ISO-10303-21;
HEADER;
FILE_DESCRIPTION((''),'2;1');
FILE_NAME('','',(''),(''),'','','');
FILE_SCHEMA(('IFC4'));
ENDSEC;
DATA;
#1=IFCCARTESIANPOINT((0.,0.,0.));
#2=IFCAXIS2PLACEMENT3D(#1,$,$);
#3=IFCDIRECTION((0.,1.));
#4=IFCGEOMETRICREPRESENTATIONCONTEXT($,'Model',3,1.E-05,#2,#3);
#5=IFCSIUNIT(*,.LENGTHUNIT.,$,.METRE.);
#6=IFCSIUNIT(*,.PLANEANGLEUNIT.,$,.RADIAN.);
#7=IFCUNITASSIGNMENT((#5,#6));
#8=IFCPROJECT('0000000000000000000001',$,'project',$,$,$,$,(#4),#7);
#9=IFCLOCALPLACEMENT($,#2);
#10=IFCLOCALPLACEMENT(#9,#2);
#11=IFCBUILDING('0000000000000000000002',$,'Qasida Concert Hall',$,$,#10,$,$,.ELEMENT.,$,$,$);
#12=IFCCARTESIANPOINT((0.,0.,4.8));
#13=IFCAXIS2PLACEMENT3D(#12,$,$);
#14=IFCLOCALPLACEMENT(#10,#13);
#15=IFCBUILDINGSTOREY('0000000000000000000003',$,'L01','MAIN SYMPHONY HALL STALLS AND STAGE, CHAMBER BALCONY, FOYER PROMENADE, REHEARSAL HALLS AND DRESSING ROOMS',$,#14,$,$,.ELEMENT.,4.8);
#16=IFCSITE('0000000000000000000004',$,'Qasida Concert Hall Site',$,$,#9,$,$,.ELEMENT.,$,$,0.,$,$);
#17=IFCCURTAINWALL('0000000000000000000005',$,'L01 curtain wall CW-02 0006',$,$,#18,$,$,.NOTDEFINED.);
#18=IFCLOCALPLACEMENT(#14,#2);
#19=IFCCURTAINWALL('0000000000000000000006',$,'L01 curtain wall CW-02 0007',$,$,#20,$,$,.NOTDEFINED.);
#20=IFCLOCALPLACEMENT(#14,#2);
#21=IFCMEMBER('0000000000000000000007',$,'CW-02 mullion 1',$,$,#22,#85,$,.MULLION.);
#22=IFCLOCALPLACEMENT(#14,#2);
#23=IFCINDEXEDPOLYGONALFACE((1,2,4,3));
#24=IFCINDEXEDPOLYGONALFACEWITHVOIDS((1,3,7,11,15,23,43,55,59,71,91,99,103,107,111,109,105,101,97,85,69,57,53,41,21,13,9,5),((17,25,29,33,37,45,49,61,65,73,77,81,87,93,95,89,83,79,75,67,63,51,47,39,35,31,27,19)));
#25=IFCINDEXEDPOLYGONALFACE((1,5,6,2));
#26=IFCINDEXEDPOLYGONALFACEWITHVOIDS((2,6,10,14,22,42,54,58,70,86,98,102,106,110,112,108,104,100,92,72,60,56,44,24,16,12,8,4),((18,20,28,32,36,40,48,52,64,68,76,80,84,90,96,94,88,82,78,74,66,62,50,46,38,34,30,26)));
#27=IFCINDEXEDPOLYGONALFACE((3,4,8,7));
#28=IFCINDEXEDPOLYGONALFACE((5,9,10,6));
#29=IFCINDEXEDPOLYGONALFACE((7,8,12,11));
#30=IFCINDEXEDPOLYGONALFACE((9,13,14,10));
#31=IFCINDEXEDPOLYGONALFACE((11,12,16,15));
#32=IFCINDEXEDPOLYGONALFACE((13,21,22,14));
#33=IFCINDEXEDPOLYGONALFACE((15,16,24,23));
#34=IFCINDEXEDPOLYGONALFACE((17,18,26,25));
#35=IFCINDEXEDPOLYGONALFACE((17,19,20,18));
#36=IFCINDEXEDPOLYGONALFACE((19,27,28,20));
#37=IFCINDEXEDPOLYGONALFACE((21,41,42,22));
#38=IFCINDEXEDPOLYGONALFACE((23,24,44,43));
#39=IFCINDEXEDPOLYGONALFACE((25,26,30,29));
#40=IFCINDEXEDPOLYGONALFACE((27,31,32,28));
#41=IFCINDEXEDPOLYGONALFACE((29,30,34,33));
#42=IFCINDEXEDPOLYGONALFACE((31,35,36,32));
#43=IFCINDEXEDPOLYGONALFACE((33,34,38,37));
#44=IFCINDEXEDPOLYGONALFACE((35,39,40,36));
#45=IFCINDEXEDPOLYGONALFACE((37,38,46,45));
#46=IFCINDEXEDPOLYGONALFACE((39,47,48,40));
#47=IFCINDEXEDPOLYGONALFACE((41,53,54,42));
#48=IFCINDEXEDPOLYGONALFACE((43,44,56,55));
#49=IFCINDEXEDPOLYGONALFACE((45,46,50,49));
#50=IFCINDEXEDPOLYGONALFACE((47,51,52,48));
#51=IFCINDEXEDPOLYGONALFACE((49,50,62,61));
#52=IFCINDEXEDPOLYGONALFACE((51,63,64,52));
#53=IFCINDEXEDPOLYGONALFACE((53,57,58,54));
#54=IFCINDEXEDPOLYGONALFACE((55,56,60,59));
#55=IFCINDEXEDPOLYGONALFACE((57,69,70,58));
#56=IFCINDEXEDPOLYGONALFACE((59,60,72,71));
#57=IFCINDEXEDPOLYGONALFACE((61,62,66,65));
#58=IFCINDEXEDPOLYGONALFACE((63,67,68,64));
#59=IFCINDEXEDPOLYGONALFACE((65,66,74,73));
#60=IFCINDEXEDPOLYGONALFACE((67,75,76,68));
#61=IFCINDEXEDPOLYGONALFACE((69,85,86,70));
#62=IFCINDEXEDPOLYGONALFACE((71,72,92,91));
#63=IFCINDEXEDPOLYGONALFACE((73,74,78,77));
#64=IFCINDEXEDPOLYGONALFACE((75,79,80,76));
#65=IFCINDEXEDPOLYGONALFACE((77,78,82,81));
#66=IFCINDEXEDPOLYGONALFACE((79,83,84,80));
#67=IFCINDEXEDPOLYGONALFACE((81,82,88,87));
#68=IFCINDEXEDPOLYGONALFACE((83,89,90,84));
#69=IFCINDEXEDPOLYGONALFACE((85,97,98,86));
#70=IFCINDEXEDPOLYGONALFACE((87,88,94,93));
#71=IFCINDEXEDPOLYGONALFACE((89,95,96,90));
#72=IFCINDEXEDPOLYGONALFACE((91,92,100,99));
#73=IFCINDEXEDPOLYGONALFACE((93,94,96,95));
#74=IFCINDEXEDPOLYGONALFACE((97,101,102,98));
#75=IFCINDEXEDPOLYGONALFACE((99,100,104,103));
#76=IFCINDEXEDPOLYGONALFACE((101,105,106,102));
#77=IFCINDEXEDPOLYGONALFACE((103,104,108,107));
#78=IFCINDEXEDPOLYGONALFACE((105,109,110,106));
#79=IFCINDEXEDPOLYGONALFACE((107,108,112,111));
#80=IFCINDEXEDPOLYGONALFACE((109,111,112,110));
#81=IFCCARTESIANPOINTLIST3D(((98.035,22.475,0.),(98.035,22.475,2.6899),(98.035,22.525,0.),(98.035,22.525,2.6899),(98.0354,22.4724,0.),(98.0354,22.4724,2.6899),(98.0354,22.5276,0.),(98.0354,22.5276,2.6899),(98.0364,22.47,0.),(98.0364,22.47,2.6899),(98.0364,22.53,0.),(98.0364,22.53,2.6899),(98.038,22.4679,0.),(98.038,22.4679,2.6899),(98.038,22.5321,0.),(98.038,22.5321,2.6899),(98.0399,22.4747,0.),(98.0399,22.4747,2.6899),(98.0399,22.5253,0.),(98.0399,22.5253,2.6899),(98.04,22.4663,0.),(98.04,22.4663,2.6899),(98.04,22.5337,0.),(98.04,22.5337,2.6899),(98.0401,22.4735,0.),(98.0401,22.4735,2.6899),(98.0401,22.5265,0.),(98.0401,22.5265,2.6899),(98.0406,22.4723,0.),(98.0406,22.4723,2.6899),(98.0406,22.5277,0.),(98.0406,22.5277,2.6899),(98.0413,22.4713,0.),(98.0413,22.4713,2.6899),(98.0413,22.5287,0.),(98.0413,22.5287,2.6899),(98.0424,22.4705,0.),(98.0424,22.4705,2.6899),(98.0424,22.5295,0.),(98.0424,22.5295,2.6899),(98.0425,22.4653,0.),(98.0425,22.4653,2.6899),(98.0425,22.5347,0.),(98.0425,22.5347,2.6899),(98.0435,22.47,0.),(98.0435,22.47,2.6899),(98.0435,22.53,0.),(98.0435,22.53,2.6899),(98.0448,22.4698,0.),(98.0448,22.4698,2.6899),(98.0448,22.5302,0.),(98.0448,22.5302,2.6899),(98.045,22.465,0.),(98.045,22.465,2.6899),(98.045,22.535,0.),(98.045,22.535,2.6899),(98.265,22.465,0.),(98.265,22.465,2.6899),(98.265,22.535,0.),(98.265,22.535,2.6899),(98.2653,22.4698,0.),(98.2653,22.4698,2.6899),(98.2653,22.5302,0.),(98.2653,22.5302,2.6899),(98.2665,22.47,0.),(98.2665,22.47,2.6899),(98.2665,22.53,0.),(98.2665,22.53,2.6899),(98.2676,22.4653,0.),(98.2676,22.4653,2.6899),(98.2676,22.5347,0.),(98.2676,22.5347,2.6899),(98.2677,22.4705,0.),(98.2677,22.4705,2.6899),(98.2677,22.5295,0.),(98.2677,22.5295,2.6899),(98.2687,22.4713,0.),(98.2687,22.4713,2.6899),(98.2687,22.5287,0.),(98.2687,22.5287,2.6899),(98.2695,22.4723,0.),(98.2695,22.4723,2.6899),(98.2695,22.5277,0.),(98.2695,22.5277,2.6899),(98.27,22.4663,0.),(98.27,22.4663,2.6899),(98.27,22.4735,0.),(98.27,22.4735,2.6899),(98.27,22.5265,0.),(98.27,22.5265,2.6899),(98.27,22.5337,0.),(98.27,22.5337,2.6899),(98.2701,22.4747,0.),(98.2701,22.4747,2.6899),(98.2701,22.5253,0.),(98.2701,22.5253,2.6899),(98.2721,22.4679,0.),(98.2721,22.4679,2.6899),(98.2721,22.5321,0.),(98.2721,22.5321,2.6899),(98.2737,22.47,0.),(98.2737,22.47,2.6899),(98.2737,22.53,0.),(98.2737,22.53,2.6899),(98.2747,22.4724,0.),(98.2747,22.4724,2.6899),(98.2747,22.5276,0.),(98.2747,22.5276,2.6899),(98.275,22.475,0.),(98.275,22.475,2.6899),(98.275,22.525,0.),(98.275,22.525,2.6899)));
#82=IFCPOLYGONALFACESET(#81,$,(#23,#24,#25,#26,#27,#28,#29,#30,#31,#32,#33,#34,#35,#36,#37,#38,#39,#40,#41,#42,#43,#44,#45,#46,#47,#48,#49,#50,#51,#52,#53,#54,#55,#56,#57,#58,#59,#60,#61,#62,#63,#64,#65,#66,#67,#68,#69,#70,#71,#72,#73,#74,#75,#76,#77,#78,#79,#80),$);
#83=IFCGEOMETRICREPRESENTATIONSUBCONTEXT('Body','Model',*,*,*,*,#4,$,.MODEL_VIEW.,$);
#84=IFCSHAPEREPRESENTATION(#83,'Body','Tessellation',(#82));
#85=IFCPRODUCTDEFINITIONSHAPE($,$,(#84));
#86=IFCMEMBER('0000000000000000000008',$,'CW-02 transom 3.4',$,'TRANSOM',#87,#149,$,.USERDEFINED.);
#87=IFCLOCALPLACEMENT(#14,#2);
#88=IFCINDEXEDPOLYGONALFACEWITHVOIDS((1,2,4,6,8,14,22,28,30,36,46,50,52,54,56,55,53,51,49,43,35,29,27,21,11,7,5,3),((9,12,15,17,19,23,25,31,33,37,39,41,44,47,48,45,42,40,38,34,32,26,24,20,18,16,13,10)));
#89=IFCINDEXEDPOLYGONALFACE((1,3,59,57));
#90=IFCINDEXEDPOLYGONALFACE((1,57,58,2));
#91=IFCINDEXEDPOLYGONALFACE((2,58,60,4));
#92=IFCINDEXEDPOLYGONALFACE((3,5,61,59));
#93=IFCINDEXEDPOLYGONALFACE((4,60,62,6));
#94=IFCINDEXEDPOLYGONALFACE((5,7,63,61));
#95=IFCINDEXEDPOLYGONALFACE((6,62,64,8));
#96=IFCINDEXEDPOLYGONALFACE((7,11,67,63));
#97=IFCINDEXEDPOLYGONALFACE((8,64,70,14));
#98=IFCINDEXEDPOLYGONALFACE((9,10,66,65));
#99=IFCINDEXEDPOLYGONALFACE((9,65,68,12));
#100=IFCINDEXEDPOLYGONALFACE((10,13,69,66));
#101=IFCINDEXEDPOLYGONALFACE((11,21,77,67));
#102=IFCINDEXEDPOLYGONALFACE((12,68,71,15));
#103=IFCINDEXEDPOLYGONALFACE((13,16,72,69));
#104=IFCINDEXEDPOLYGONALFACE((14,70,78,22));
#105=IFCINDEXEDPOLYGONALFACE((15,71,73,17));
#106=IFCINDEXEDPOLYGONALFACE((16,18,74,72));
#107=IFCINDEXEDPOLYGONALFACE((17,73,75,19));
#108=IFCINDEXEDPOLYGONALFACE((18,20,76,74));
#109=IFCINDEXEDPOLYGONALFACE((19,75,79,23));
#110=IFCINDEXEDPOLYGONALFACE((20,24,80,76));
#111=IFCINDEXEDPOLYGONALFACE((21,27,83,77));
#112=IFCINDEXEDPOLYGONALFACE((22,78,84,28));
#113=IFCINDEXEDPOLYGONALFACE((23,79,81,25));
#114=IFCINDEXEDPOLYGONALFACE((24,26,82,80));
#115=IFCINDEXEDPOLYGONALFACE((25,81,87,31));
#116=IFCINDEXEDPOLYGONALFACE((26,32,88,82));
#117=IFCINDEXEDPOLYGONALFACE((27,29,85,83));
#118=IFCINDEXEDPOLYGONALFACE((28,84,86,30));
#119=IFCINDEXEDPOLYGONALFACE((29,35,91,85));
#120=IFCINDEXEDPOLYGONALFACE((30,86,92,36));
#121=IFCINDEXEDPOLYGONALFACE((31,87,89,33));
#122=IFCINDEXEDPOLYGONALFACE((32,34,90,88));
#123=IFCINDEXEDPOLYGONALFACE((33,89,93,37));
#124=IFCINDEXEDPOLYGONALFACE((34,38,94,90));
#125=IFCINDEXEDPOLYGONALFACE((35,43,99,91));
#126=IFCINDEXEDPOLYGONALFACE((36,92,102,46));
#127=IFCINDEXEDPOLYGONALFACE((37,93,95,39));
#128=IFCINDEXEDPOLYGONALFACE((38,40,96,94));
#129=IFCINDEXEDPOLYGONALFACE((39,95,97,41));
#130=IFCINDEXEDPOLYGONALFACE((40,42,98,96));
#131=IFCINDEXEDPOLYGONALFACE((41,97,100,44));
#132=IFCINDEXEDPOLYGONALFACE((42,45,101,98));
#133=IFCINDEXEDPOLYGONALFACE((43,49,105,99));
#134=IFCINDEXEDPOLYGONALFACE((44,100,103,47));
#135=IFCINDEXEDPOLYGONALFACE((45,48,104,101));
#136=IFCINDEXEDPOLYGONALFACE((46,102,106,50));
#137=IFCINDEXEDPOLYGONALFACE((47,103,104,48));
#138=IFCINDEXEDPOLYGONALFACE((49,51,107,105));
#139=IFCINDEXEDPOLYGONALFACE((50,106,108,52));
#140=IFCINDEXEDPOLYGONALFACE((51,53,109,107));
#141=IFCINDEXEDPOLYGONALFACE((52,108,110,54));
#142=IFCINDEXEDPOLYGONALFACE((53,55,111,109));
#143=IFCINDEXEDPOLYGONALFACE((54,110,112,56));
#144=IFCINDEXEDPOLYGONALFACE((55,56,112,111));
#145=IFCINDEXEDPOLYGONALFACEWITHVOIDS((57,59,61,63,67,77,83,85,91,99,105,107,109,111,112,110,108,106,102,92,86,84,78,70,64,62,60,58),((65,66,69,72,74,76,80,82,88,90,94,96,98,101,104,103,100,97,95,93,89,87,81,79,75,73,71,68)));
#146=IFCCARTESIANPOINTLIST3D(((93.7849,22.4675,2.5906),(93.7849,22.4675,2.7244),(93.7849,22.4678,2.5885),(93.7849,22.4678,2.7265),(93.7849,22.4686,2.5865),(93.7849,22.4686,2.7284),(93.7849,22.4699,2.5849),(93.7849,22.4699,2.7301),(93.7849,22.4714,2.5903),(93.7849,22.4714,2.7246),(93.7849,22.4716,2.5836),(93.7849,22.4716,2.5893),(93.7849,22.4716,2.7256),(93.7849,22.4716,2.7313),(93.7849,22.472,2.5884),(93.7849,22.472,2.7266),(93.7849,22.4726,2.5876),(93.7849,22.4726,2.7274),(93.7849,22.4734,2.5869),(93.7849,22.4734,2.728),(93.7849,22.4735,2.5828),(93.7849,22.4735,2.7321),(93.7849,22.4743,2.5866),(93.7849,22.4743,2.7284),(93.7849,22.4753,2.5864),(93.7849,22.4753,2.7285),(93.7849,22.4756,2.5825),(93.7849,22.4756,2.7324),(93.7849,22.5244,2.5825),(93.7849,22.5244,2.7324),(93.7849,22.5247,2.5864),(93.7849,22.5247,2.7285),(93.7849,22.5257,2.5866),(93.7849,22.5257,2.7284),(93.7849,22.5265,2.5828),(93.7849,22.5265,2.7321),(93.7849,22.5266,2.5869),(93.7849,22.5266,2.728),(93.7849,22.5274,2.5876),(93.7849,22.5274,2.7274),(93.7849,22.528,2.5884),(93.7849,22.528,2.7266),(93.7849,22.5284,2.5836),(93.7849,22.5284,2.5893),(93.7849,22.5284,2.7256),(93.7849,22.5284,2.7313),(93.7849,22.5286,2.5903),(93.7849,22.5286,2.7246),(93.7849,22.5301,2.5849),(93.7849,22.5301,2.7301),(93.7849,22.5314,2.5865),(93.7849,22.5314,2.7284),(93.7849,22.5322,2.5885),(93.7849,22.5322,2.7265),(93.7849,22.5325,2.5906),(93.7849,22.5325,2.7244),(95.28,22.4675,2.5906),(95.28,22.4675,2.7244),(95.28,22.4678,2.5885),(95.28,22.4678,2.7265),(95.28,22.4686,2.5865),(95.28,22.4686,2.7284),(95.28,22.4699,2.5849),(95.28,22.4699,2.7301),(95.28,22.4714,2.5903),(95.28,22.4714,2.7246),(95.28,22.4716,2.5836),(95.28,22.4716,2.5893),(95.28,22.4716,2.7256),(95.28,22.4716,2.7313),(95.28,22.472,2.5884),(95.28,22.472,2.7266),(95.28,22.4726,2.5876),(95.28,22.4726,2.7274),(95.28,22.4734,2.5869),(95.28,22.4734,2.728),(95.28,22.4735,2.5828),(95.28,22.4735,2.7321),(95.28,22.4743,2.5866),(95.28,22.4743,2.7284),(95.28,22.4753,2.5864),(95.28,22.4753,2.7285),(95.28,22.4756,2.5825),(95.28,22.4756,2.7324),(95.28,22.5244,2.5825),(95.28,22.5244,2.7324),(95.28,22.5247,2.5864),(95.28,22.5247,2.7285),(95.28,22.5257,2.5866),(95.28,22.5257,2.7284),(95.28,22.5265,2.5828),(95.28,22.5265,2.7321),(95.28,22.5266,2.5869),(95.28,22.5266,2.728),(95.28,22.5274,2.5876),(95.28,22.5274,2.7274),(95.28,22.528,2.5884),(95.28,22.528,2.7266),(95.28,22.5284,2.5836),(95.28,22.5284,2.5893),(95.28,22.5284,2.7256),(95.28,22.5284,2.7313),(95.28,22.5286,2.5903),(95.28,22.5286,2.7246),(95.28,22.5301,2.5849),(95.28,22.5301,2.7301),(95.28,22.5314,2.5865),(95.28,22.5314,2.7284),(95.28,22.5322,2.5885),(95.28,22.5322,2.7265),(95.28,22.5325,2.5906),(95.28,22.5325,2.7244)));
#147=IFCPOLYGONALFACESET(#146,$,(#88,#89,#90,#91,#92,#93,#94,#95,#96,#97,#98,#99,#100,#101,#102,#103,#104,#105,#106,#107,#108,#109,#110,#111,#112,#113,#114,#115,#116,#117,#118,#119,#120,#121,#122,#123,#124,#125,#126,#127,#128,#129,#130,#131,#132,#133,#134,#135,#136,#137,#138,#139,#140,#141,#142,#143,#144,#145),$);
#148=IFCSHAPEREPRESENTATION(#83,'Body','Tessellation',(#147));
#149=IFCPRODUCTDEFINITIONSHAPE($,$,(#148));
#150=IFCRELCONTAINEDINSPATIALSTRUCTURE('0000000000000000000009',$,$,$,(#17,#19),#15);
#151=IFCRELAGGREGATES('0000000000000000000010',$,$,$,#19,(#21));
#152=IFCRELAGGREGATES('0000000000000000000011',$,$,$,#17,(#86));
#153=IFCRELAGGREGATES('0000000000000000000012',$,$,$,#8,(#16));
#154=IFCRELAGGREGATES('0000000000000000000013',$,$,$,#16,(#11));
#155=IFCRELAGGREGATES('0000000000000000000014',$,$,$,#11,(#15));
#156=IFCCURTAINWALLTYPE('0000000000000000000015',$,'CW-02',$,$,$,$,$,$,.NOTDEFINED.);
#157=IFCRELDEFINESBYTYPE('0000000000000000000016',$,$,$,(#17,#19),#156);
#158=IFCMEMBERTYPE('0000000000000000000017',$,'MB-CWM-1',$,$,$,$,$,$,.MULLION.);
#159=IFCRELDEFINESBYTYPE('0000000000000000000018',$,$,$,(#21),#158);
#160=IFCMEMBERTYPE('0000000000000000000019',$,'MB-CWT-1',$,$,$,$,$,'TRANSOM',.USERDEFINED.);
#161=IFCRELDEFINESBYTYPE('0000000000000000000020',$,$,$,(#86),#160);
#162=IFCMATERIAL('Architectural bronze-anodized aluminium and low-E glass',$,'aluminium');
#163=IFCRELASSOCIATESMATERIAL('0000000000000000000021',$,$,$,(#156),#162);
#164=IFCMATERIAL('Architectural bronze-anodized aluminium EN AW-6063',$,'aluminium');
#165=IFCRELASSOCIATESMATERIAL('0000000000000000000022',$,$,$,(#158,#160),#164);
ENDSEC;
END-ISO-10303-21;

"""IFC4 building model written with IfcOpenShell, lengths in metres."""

from ifc_helpers import new_model, si_unit, direction, frame, origin, origin_2d, place, context, subcontext, project, spatial, hollow_rectangle, extrude, material, material_profile, profile_set, type_object, element, aggregate, save


model = new_model("IFC4")

# Units and contexts
model_context = context("Model", 3, precision=1e-05, world=origin(), true_north=direction((0.0, 1.0)))
body_context = subcontext(model_context, "Body", "Model", "MODEL_VIEW")
ifc_project = project(units=[si_unit("LENGTHUNIT", "METRE"), si_unit("PLANEANGLEUNIT", "RADIAN")], contexts=[model_context])

# Site, building, storey
site_placement = place(None, origin())
site = spatial("IfcSite", under=ifc_project, at=site_placement, Name="Qasida Concert Hall Site", CompositionType="ELEMENT", RefElevation=0.0)
building_placement = place(site_placement, origin())
building = spatial("IfcBuilding", under=site, at=building_placement, Name="Qasida Concert Hall", CompositionType="ELEMENT")
storey_placement = place(building_placement, frame((0.0, 0.0, 4.8)))
storey = spatial("IfcBuildingStorey", under=building, at=storey_placement, Name="L01", Description="MAIN SYMPHONY HALL STALLS AND STAGE, CHAMBER BALCONY, FOYER PROMENADE, REHEARSAL HALLS AND DRESSING ROOMS", CompositionType="ELEMENT", Elevation=4.8)

# Curtain wall
ifc_material_1 = material(Name="Architectural bronze-anodized aluminium and low-E glass", Category="aluminium")
curtain_wall_type = type_object("IfcCurtainWallType", Name="CW-02", PredefinedType="NOTDEFINED", material=ifc_material_1)
curtain_wall_1_placement = place(storey_placement, origin())
curtain_wall_1 = element("IfcCurtainWall", 1, at=curtain_wall_1_placement, inside=storey, type_object=curtain_wall_type, Name="L01 curtain wall CW-02 0006", PredefinedType="NOTDEFINED")
ifc_material_2 = material(Name="Architectural bronze-anodized aluminium EN AW-6063", Category="aluminium")
ifc_material_profile_1 = material_profile(ifc_material_2, hollow_rectangle(XDim=0.0701, YDim=0.24, WallThickness=0.0049, InnerFilletRadius=0.0049, OuterFilletRadius=0.01, at=origin_2d()), Name="CWM 240x70x5")
ifc_profile_set_1 = profile_set([ifc_material_profile_1], Name="Architectural bronze-anodized aluminium EN AW-6063")
member_type_1 = type_object("IfcMemberType", Name="MB-CWM-1", PredefinedType="MULLION", material=ifc_profile_set_1)

# Curtain wall, member
curtain_wall_2_placement = place(storey_placement, origin())
curtain_wall_2 = element("IfcCurtainWall", 2, at=curtain_wall_2_placement, inside=storey, type_object=curtain_wall_type, Name="L01 curtain wall CW-02 0007", PredefinedType="NOTDEFINED")
member_1_placement = place(storey_placement, frame((98.155, 22.5, 0.0), z_axis=(0.0, 0.0, 1.0), x_axis=(0.0, 1.0, 0.0)))
member_1 = element("IfcMember", 3, at=member_1_placement, type_object=member_type_1, Name="CW-02 mullion 1", PredefinedType="MULLION", context=body_context, shape_type="SweptSolid", body=[
    extrude(hollow_rectangle(XDim=0.0701, YDim=0.24, WallThickness=0.0049, InnerFilletRadius=0.0049, OuterFilletRadius=0.01, at=origin_2d()), origin(), (0.0, 0.0, 1.0), 2.6899),
])

# Member
ifc_material_profile_2 = material_profile(ifc_material_2, hollow_rectangle(XDim=0.0649, YDim=0.1499, WallThickness=0.0039, InnerFilletRadius=0.0039, OuterFilletRadius=0.0081, at=origin_2d()), Name="CWT 150x65x4")
ifc_profile_set_2 = profile_set([ifc_material_profile_2], Name="Architectural bronze-anodized aluminium EN AW-6063")
member_type_2 = type_object("IfcMemberType", Name="MB-CWT-1", ElementType="TRANSOM", PredefinedType="USERDEFINED", material=ifc_profile_set_2)
member_2_placement = place(storey_placement, frame((93.7849, 22.5, 2.6575), z_axis=(1.0, 0.0, 0.0), x_axis=(0.0, 1.0, 0.0)))
member_2 = element("IfcMember", 4, at=member_2_placement, type_object=member_type_2, Name="CW-02 transom 3.4", ObjectType="TRANSOM", PredefinedType="USERDEFINED", context=body_context, shape_type="SweptSolid", body=[
    extrude(hollow_rectangle(XDim=0.0649, YDim=0.1499, WallThickness=0.0039, InnerFilletRadius=0.0039, OuterFilletRadius=0.0081, at=origin_2d()), origin(), (0.0, 0.0, 1.0), 1.4951),
])
aggregate(curtain_wall_2, [member_1])

aggregate(curtain_wall_1, [member_2])

save(model, "model.ifc")
